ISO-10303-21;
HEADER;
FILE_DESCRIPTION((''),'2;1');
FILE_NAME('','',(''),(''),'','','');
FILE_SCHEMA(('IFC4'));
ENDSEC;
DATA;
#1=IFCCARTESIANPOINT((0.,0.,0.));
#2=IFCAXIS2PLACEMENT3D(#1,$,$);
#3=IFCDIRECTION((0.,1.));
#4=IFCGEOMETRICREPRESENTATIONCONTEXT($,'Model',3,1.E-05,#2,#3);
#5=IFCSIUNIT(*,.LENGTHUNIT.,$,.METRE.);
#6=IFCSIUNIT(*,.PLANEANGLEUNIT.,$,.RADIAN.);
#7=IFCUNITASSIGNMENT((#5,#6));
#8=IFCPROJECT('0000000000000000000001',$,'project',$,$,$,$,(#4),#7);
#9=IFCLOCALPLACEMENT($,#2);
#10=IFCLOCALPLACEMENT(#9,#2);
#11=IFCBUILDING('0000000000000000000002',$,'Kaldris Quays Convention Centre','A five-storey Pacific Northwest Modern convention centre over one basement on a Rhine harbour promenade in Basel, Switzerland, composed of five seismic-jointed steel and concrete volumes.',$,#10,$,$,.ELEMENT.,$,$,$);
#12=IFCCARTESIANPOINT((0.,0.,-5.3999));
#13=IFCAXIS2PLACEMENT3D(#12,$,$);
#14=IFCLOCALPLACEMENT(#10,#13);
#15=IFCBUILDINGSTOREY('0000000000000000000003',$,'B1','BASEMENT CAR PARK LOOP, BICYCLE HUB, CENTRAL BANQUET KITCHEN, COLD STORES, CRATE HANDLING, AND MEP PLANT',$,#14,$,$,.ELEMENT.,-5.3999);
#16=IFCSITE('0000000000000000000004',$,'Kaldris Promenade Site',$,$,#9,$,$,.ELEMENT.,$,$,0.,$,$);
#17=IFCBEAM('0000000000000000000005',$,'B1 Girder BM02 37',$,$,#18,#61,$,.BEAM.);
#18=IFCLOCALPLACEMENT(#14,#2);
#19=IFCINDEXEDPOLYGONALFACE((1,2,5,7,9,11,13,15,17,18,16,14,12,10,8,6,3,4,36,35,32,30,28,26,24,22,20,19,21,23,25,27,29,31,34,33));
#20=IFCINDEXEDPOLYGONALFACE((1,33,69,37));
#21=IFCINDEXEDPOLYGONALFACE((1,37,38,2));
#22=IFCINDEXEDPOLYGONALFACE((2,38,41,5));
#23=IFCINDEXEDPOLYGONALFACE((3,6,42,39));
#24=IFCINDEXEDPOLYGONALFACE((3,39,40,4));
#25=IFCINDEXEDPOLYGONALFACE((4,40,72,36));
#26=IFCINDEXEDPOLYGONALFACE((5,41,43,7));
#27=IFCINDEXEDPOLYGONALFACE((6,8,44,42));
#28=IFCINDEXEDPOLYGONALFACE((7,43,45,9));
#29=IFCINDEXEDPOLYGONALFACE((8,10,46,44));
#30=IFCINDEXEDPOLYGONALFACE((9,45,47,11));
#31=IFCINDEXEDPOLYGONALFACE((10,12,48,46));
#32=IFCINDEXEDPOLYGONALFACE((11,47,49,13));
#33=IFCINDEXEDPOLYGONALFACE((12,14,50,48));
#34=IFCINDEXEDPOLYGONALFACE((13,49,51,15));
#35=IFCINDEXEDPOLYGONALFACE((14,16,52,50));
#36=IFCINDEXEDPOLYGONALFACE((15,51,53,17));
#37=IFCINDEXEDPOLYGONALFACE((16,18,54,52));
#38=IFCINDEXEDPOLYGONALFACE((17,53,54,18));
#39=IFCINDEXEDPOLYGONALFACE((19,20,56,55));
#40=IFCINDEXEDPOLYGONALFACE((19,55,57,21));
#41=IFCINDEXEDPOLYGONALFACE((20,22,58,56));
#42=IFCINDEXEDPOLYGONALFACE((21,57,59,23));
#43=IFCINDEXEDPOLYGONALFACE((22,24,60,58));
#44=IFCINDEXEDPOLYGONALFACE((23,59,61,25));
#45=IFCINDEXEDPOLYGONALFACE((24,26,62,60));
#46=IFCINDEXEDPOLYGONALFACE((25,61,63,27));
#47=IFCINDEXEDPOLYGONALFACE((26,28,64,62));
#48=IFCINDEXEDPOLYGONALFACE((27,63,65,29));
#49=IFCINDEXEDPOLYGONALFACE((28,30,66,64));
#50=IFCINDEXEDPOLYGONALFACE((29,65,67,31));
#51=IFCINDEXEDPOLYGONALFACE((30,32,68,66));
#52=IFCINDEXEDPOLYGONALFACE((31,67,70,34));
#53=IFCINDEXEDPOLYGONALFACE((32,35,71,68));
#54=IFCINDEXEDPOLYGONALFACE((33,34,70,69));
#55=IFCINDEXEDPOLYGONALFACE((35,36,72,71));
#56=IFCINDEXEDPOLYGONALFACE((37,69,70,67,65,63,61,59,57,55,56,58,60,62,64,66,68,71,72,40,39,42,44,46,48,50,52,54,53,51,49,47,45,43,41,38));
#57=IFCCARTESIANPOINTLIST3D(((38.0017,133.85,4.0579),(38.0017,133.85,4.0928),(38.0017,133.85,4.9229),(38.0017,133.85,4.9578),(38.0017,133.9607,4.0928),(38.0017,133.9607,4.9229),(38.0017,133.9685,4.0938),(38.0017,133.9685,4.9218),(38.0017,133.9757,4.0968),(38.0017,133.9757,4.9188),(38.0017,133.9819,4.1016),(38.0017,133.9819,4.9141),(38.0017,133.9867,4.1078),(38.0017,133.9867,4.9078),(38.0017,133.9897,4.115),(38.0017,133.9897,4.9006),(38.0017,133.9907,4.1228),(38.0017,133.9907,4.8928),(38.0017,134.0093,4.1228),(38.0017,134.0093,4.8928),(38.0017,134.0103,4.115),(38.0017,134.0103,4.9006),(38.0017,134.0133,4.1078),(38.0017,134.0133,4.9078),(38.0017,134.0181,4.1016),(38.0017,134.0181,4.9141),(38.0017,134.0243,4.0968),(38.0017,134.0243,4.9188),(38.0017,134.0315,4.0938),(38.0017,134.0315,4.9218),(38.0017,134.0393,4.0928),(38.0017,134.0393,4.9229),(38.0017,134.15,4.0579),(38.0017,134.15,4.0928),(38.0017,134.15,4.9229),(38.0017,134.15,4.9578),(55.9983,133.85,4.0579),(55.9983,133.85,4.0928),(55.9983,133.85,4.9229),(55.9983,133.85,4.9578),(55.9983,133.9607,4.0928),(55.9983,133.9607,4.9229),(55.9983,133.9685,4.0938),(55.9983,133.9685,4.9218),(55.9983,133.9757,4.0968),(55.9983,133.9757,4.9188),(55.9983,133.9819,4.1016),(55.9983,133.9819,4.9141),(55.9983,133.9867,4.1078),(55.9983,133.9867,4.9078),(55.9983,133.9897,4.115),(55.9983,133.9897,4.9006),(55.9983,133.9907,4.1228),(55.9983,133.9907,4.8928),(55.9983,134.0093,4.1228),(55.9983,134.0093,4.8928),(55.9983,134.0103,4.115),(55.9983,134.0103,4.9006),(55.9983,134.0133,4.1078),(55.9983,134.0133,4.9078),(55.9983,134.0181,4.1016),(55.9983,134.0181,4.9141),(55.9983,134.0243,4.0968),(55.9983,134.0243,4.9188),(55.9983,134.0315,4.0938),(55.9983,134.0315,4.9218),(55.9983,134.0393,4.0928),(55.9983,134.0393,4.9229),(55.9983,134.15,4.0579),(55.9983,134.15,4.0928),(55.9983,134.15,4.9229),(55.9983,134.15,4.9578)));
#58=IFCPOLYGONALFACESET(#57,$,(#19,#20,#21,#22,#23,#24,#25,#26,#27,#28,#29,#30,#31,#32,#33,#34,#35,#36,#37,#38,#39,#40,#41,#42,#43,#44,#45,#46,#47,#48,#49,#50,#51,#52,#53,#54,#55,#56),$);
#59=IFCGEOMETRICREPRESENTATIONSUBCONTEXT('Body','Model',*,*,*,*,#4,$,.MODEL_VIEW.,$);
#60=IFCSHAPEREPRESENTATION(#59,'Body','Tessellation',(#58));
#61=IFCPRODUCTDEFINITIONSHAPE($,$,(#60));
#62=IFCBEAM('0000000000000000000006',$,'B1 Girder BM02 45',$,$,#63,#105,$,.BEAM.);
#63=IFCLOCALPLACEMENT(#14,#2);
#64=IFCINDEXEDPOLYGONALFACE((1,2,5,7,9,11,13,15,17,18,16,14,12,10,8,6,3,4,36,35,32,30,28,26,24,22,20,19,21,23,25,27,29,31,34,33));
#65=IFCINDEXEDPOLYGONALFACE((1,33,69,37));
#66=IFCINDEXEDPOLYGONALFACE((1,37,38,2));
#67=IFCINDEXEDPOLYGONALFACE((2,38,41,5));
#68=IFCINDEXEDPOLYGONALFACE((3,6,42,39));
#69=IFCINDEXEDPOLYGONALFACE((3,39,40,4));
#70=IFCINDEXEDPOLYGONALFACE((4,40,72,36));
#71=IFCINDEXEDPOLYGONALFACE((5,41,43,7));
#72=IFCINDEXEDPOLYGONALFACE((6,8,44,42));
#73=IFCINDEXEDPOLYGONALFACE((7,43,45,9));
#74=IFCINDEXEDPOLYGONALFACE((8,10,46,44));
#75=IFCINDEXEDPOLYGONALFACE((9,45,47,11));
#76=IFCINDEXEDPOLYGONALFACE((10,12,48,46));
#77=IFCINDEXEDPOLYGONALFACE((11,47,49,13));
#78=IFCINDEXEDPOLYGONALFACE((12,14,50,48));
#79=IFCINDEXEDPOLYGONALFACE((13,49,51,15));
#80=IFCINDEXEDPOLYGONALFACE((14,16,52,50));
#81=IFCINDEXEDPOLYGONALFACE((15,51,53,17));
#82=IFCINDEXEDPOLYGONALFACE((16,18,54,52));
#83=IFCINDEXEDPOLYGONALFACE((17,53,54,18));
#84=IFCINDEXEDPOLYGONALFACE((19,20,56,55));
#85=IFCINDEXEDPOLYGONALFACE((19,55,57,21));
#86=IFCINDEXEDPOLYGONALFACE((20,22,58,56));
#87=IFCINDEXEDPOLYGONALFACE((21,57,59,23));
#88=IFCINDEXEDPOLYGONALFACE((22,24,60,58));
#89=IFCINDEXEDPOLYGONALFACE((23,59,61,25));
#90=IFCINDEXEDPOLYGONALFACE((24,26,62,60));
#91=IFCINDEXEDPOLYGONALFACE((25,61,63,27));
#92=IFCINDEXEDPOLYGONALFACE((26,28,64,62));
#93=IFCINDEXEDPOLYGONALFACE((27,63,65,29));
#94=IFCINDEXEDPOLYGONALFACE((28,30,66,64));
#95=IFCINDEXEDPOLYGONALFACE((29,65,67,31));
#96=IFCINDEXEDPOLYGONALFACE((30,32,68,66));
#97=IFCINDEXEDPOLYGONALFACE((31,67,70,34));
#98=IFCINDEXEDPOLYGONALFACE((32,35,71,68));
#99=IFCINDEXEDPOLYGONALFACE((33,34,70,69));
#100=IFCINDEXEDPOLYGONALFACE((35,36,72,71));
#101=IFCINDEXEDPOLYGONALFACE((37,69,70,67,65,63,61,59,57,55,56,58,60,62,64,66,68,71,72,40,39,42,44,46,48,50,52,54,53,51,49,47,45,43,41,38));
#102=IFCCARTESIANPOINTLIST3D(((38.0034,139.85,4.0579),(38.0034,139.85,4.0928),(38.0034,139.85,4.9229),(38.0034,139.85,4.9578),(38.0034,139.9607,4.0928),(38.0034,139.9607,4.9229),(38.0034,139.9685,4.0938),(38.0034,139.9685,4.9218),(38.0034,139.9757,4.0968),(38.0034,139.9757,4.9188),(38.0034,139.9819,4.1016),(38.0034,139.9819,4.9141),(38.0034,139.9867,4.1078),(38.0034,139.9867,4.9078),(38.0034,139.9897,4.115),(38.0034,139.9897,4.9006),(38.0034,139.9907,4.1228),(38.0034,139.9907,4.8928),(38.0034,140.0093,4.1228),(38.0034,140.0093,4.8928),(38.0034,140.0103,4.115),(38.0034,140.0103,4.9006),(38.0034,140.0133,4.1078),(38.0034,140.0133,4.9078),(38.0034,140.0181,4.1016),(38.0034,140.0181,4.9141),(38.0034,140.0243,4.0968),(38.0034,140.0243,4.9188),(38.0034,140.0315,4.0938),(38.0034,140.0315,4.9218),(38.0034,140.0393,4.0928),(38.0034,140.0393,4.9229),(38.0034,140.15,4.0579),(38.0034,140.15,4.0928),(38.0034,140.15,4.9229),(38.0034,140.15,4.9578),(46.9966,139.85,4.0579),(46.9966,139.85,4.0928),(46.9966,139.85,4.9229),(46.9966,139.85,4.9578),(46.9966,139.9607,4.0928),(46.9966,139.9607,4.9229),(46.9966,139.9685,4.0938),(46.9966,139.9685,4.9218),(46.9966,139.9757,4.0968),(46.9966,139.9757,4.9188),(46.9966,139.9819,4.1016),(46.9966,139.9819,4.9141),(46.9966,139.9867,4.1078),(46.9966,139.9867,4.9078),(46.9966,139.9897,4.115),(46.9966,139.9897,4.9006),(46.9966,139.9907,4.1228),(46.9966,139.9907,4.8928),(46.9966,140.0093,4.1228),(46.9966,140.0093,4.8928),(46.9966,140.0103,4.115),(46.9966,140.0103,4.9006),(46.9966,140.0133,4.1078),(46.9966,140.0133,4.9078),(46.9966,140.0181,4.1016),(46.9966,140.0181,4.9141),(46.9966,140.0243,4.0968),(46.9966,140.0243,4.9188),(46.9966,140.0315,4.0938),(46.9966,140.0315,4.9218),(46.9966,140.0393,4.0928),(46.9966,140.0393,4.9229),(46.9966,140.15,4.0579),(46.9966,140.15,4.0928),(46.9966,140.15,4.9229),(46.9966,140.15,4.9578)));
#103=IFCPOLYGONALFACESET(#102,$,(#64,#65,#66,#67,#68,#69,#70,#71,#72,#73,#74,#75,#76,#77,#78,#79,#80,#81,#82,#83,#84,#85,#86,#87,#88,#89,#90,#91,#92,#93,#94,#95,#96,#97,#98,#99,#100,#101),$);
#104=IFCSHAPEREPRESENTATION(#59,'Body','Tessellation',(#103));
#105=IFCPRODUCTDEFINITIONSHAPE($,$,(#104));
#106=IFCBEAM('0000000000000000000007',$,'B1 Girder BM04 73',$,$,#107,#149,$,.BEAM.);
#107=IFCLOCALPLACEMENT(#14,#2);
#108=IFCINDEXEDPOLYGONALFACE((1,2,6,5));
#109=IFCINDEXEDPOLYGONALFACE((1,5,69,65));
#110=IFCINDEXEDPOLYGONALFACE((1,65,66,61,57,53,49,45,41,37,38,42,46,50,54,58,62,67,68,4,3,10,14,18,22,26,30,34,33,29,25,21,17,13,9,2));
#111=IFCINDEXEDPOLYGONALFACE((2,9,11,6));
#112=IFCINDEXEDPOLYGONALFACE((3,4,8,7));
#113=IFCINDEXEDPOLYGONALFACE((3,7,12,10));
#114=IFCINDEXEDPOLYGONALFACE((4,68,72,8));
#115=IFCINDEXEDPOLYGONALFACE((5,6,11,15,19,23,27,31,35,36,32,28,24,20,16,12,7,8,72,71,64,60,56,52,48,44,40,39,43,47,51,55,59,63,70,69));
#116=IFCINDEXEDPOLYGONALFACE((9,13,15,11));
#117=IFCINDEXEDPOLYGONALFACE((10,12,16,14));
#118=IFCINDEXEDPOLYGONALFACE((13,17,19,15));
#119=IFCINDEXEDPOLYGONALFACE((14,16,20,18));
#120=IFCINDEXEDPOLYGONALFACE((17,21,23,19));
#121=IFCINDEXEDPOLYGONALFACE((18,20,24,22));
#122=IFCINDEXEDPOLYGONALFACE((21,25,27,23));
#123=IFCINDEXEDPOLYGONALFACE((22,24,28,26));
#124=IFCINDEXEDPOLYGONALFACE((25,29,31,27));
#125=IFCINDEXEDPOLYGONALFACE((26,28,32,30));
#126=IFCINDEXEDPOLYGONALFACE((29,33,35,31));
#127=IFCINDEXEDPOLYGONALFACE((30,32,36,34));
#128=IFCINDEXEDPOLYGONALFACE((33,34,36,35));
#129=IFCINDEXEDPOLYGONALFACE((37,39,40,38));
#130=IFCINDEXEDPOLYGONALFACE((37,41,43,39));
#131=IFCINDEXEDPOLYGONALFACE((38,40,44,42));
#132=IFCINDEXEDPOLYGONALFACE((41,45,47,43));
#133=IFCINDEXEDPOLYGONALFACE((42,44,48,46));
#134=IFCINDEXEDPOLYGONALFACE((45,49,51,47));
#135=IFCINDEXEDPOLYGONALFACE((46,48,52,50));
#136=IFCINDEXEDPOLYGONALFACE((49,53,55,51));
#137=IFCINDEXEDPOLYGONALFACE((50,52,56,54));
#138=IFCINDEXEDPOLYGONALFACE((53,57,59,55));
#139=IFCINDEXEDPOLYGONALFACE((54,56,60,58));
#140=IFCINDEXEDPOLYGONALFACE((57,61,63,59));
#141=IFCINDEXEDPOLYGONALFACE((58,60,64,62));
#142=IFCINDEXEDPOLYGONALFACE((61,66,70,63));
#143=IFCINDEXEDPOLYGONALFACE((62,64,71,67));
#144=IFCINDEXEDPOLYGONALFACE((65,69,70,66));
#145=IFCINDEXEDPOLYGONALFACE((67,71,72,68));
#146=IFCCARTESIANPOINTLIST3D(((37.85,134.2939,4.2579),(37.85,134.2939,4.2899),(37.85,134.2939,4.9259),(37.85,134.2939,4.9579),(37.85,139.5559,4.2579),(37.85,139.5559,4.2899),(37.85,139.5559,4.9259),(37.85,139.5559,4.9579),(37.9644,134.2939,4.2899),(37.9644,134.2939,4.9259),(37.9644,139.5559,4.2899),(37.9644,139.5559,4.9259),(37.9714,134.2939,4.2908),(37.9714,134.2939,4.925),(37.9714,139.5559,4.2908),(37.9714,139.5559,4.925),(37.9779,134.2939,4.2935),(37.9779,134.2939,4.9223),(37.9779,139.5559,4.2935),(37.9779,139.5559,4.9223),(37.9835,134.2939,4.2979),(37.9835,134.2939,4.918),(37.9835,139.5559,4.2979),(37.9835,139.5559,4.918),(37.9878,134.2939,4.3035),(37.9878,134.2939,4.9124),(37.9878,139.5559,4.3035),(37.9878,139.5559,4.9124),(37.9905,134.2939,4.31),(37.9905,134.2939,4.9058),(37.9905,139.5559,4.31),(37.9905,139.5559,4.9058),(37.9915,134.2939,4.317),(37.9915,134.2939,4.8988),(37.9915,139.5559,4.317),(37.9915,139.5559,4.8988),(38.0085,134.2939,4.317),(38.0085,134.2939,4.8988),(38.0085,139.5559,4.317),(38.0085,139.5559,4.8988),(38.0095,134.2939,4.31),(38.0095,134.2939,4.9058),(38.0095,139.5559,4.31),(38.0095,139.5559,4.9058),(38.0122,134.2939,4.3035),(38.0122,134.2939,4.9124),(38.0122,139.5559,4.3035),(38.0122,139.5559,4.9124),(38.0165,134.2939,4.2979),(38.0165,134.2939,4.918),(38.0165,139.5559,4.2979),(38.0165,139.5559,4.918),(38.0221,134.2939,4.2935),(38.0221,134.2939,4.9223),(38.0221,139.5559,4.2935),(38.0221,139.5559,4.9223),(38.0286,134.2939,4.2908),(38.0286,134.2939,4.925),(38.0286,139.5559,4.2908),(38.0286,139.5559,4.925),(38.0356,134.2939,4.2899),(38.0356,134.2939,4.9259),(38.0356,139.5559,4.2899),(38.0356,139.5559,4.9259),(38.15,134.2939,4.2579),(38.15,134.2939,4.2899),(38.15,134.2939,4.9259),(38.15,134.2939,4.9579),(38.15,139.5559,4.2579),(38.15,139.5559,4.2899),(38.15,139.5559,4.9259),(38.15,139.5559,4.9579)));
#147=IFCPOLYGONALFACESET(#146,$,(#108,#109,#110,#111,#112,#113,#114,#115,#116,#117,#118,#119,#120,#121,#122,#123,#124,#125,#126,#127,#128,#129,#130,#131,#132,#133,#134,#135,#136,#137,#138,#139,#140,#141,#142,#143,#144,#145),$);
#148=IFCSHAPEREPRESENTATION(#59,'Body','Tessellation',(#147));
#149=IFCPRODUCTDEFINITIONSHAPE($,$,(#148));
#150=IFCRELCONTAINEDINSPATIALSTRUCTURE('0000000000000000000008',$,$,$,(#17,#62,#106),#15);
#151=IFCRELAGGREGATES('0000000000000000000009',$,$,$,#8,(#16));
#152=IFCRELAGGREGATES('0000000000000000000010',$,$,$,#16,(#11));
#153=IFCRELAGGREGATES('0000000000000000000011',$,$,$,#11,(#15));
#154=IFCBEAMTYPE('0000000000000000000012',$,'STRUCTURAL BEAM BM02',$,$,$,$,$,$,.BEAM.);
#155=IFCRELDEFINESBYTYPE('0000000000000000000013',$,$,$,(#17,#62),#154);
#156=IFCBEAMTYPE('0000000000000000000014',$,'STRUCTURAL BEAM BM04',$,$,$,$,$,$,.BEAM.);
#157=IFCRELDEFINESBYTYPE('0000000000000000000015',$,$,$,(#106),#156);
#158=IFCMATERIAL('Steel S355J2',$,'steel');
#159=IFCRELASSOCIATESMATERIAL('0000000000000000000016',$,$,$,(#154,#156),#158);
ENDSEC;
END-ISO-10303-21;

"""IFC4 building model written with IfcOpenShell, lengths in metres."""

from ifc_helpers import new_model, si_unit, direction, frame, origin, origin_2d, place, context, subcontext, project, spatial, i_section, extrude, material, material_profile, profile_set, type_object, element, save


model = new_model("IFC4")

# Units and contexts
model_context = context("Model", 3, precision=1e-05, world=origin(), true_north=direction((0.0, 1.0)))
body_context = subcontext(model_context, "Body", "Model", "MODEL_VIEW")
ifc_project = project(units=[si_unit("LENGTHUNIT", "METRE"), si_unit("PLANEANGLEUNIT", "RADIAN")], contexts=[model_context])

# Site, building, storey
site_placement = place(None, origin())
site = spatial("IfcSite", under=ifc_project, at=site_placement, Name="Kaldris Promenade Site", CompositionType="ELEMENT", RefElevation=0.0)
building_placement = place(site_placement, origin())
building = spatial("IfcBuilding", under=site, at=building_placement, Name="Kaldris Quays Convention Centre", Description="A five-storey Pacific Northwest Modern convention centre over one basement on a Rhine harbour promenade in Basel, Switzerland, composed of five seismic-jointed steel and concrete volumes.", CompositionType="ELEMENT")
storey_placement = place(building_placement, frame((0.0, 0.0, -5.3999)))
storey = spatial("IfcBuildingStorey", under=building, at=storey_placement, Name="B1", Description="BASEMENT CAR PARK LOOP, BICYCLE HUB, CENTRAL BANQUET KITCHEN, COLD STORES, CRATE HANDLING, AND MEP PLANT", CompositionType="ELEMENT", Elevation=-5.3999)

# Shared definitions
ifc_material_1 = material(Name="Steel S355J2", Category="steel")

# Beams
ifc_material_profile_1 = material_profile(ifc_material_1, i_section(OverallWidth=0.3, OverallDepth=0.8999, WebThickness=0.0186, FlangeThickness=0.0349, FilletRadius=0.03, at=origin_2d()), Name="HEB 900")
ifc_profile_set_1 = profile_set([ifc_material_profile_1], Name="Steel S355J2")
beam_type_1 = type_object("IfcBeamType", Name="STRUCTURAL BEAM BM02", PredefinedType="BEAM", material=ifc_profile_set_1)
beam_1_placement = place(storey_placement, frame((38.0017, 134.0, 4.5078), z_axis=(1.0, 0.0, 0.0), x_axis=(0.0, 1.0, 0.0)))
element("IfcBeam", 1, at=beam_1_placement, inside=storey, type_object=beam_type_1, Name="B1 Girder BM02 37", PredefinedType="BEAM", context=body_context, shape_type="SweptSolid", body=[
    extrude(i_section(OverallWidth=0.3, OverallDepth=0.8999, WebThickness=0.0186, FlangeThickness=0.0349, FilletRadius=0.03, at=origin_2d()), origin(), (0.0, 0.0, 1.0), 17.9966),
])
beam_2_placement = place(storey_placement, frame((38.0034, 140.0, 4.5078), z_axis=(1.0, 0.0, 0.0), x_axis=(0.0, 1.0, 0.0)))
element("IfcBeam", 2, at=beam_2_placement, inside=storey, type_object=beam_type_1, Name="B1 Girder BM02 45", PredefinedType="BEAM", context=body_context, shape_type="SweptSolid", body=[
    extrude(i_section(OverallWidth=0.3, OverallDepth=0.8999, WebThickness=0.0186, FlangeThickness=0.0349, FilletRadius=0.03, at=origin_2d()), origin(), (0.0, 0.0, 1.0), 8.9932),
])
ifc_material_profile_2 = material_profile(ifc_material_1, i_section(OverallWidth=0.3, OverallDepth=0.7, WebThickness=0.0171, FlangeThickness=0.032, FilletRadius=0.0271, at=origin_2d()), Name="HEB 700")
ifc_profile_set_2 = profile_set([ifc_material_profile_2], Name="Steel S355J2")
beam_type_2 = type_object("IfcBeamType", Name="STRUCTURAL BEAM BM04", PredefinedType="BEAM", material=ifc_profile_set_2)
beam_3_placement = place(storey_placement, frame((38.0, 134.2939, 4.6079), z_axis=(0.0, 1.0, 0.0), x_axis=(-1.0, 0.0, 0.0)))
element("IfcBeam", 3, at=beam_3_placement, inside=storey, type_object=beam_type_2, Name="B1 Girder BM04 73", PredefinedType="BEAM", context=body_context, shape_type="SweptSolid", body=[
    extrude(i_section(OverallWidth=0.3, OverallDepth=0.7, WebThickness=0.0171, FlangeThickness=0.032, FilletRadius=0.0271, at=origin_2d()), origin(), (0.0, 0.0, 1.0), 5.262),
])

save(model, "model.ifc")
